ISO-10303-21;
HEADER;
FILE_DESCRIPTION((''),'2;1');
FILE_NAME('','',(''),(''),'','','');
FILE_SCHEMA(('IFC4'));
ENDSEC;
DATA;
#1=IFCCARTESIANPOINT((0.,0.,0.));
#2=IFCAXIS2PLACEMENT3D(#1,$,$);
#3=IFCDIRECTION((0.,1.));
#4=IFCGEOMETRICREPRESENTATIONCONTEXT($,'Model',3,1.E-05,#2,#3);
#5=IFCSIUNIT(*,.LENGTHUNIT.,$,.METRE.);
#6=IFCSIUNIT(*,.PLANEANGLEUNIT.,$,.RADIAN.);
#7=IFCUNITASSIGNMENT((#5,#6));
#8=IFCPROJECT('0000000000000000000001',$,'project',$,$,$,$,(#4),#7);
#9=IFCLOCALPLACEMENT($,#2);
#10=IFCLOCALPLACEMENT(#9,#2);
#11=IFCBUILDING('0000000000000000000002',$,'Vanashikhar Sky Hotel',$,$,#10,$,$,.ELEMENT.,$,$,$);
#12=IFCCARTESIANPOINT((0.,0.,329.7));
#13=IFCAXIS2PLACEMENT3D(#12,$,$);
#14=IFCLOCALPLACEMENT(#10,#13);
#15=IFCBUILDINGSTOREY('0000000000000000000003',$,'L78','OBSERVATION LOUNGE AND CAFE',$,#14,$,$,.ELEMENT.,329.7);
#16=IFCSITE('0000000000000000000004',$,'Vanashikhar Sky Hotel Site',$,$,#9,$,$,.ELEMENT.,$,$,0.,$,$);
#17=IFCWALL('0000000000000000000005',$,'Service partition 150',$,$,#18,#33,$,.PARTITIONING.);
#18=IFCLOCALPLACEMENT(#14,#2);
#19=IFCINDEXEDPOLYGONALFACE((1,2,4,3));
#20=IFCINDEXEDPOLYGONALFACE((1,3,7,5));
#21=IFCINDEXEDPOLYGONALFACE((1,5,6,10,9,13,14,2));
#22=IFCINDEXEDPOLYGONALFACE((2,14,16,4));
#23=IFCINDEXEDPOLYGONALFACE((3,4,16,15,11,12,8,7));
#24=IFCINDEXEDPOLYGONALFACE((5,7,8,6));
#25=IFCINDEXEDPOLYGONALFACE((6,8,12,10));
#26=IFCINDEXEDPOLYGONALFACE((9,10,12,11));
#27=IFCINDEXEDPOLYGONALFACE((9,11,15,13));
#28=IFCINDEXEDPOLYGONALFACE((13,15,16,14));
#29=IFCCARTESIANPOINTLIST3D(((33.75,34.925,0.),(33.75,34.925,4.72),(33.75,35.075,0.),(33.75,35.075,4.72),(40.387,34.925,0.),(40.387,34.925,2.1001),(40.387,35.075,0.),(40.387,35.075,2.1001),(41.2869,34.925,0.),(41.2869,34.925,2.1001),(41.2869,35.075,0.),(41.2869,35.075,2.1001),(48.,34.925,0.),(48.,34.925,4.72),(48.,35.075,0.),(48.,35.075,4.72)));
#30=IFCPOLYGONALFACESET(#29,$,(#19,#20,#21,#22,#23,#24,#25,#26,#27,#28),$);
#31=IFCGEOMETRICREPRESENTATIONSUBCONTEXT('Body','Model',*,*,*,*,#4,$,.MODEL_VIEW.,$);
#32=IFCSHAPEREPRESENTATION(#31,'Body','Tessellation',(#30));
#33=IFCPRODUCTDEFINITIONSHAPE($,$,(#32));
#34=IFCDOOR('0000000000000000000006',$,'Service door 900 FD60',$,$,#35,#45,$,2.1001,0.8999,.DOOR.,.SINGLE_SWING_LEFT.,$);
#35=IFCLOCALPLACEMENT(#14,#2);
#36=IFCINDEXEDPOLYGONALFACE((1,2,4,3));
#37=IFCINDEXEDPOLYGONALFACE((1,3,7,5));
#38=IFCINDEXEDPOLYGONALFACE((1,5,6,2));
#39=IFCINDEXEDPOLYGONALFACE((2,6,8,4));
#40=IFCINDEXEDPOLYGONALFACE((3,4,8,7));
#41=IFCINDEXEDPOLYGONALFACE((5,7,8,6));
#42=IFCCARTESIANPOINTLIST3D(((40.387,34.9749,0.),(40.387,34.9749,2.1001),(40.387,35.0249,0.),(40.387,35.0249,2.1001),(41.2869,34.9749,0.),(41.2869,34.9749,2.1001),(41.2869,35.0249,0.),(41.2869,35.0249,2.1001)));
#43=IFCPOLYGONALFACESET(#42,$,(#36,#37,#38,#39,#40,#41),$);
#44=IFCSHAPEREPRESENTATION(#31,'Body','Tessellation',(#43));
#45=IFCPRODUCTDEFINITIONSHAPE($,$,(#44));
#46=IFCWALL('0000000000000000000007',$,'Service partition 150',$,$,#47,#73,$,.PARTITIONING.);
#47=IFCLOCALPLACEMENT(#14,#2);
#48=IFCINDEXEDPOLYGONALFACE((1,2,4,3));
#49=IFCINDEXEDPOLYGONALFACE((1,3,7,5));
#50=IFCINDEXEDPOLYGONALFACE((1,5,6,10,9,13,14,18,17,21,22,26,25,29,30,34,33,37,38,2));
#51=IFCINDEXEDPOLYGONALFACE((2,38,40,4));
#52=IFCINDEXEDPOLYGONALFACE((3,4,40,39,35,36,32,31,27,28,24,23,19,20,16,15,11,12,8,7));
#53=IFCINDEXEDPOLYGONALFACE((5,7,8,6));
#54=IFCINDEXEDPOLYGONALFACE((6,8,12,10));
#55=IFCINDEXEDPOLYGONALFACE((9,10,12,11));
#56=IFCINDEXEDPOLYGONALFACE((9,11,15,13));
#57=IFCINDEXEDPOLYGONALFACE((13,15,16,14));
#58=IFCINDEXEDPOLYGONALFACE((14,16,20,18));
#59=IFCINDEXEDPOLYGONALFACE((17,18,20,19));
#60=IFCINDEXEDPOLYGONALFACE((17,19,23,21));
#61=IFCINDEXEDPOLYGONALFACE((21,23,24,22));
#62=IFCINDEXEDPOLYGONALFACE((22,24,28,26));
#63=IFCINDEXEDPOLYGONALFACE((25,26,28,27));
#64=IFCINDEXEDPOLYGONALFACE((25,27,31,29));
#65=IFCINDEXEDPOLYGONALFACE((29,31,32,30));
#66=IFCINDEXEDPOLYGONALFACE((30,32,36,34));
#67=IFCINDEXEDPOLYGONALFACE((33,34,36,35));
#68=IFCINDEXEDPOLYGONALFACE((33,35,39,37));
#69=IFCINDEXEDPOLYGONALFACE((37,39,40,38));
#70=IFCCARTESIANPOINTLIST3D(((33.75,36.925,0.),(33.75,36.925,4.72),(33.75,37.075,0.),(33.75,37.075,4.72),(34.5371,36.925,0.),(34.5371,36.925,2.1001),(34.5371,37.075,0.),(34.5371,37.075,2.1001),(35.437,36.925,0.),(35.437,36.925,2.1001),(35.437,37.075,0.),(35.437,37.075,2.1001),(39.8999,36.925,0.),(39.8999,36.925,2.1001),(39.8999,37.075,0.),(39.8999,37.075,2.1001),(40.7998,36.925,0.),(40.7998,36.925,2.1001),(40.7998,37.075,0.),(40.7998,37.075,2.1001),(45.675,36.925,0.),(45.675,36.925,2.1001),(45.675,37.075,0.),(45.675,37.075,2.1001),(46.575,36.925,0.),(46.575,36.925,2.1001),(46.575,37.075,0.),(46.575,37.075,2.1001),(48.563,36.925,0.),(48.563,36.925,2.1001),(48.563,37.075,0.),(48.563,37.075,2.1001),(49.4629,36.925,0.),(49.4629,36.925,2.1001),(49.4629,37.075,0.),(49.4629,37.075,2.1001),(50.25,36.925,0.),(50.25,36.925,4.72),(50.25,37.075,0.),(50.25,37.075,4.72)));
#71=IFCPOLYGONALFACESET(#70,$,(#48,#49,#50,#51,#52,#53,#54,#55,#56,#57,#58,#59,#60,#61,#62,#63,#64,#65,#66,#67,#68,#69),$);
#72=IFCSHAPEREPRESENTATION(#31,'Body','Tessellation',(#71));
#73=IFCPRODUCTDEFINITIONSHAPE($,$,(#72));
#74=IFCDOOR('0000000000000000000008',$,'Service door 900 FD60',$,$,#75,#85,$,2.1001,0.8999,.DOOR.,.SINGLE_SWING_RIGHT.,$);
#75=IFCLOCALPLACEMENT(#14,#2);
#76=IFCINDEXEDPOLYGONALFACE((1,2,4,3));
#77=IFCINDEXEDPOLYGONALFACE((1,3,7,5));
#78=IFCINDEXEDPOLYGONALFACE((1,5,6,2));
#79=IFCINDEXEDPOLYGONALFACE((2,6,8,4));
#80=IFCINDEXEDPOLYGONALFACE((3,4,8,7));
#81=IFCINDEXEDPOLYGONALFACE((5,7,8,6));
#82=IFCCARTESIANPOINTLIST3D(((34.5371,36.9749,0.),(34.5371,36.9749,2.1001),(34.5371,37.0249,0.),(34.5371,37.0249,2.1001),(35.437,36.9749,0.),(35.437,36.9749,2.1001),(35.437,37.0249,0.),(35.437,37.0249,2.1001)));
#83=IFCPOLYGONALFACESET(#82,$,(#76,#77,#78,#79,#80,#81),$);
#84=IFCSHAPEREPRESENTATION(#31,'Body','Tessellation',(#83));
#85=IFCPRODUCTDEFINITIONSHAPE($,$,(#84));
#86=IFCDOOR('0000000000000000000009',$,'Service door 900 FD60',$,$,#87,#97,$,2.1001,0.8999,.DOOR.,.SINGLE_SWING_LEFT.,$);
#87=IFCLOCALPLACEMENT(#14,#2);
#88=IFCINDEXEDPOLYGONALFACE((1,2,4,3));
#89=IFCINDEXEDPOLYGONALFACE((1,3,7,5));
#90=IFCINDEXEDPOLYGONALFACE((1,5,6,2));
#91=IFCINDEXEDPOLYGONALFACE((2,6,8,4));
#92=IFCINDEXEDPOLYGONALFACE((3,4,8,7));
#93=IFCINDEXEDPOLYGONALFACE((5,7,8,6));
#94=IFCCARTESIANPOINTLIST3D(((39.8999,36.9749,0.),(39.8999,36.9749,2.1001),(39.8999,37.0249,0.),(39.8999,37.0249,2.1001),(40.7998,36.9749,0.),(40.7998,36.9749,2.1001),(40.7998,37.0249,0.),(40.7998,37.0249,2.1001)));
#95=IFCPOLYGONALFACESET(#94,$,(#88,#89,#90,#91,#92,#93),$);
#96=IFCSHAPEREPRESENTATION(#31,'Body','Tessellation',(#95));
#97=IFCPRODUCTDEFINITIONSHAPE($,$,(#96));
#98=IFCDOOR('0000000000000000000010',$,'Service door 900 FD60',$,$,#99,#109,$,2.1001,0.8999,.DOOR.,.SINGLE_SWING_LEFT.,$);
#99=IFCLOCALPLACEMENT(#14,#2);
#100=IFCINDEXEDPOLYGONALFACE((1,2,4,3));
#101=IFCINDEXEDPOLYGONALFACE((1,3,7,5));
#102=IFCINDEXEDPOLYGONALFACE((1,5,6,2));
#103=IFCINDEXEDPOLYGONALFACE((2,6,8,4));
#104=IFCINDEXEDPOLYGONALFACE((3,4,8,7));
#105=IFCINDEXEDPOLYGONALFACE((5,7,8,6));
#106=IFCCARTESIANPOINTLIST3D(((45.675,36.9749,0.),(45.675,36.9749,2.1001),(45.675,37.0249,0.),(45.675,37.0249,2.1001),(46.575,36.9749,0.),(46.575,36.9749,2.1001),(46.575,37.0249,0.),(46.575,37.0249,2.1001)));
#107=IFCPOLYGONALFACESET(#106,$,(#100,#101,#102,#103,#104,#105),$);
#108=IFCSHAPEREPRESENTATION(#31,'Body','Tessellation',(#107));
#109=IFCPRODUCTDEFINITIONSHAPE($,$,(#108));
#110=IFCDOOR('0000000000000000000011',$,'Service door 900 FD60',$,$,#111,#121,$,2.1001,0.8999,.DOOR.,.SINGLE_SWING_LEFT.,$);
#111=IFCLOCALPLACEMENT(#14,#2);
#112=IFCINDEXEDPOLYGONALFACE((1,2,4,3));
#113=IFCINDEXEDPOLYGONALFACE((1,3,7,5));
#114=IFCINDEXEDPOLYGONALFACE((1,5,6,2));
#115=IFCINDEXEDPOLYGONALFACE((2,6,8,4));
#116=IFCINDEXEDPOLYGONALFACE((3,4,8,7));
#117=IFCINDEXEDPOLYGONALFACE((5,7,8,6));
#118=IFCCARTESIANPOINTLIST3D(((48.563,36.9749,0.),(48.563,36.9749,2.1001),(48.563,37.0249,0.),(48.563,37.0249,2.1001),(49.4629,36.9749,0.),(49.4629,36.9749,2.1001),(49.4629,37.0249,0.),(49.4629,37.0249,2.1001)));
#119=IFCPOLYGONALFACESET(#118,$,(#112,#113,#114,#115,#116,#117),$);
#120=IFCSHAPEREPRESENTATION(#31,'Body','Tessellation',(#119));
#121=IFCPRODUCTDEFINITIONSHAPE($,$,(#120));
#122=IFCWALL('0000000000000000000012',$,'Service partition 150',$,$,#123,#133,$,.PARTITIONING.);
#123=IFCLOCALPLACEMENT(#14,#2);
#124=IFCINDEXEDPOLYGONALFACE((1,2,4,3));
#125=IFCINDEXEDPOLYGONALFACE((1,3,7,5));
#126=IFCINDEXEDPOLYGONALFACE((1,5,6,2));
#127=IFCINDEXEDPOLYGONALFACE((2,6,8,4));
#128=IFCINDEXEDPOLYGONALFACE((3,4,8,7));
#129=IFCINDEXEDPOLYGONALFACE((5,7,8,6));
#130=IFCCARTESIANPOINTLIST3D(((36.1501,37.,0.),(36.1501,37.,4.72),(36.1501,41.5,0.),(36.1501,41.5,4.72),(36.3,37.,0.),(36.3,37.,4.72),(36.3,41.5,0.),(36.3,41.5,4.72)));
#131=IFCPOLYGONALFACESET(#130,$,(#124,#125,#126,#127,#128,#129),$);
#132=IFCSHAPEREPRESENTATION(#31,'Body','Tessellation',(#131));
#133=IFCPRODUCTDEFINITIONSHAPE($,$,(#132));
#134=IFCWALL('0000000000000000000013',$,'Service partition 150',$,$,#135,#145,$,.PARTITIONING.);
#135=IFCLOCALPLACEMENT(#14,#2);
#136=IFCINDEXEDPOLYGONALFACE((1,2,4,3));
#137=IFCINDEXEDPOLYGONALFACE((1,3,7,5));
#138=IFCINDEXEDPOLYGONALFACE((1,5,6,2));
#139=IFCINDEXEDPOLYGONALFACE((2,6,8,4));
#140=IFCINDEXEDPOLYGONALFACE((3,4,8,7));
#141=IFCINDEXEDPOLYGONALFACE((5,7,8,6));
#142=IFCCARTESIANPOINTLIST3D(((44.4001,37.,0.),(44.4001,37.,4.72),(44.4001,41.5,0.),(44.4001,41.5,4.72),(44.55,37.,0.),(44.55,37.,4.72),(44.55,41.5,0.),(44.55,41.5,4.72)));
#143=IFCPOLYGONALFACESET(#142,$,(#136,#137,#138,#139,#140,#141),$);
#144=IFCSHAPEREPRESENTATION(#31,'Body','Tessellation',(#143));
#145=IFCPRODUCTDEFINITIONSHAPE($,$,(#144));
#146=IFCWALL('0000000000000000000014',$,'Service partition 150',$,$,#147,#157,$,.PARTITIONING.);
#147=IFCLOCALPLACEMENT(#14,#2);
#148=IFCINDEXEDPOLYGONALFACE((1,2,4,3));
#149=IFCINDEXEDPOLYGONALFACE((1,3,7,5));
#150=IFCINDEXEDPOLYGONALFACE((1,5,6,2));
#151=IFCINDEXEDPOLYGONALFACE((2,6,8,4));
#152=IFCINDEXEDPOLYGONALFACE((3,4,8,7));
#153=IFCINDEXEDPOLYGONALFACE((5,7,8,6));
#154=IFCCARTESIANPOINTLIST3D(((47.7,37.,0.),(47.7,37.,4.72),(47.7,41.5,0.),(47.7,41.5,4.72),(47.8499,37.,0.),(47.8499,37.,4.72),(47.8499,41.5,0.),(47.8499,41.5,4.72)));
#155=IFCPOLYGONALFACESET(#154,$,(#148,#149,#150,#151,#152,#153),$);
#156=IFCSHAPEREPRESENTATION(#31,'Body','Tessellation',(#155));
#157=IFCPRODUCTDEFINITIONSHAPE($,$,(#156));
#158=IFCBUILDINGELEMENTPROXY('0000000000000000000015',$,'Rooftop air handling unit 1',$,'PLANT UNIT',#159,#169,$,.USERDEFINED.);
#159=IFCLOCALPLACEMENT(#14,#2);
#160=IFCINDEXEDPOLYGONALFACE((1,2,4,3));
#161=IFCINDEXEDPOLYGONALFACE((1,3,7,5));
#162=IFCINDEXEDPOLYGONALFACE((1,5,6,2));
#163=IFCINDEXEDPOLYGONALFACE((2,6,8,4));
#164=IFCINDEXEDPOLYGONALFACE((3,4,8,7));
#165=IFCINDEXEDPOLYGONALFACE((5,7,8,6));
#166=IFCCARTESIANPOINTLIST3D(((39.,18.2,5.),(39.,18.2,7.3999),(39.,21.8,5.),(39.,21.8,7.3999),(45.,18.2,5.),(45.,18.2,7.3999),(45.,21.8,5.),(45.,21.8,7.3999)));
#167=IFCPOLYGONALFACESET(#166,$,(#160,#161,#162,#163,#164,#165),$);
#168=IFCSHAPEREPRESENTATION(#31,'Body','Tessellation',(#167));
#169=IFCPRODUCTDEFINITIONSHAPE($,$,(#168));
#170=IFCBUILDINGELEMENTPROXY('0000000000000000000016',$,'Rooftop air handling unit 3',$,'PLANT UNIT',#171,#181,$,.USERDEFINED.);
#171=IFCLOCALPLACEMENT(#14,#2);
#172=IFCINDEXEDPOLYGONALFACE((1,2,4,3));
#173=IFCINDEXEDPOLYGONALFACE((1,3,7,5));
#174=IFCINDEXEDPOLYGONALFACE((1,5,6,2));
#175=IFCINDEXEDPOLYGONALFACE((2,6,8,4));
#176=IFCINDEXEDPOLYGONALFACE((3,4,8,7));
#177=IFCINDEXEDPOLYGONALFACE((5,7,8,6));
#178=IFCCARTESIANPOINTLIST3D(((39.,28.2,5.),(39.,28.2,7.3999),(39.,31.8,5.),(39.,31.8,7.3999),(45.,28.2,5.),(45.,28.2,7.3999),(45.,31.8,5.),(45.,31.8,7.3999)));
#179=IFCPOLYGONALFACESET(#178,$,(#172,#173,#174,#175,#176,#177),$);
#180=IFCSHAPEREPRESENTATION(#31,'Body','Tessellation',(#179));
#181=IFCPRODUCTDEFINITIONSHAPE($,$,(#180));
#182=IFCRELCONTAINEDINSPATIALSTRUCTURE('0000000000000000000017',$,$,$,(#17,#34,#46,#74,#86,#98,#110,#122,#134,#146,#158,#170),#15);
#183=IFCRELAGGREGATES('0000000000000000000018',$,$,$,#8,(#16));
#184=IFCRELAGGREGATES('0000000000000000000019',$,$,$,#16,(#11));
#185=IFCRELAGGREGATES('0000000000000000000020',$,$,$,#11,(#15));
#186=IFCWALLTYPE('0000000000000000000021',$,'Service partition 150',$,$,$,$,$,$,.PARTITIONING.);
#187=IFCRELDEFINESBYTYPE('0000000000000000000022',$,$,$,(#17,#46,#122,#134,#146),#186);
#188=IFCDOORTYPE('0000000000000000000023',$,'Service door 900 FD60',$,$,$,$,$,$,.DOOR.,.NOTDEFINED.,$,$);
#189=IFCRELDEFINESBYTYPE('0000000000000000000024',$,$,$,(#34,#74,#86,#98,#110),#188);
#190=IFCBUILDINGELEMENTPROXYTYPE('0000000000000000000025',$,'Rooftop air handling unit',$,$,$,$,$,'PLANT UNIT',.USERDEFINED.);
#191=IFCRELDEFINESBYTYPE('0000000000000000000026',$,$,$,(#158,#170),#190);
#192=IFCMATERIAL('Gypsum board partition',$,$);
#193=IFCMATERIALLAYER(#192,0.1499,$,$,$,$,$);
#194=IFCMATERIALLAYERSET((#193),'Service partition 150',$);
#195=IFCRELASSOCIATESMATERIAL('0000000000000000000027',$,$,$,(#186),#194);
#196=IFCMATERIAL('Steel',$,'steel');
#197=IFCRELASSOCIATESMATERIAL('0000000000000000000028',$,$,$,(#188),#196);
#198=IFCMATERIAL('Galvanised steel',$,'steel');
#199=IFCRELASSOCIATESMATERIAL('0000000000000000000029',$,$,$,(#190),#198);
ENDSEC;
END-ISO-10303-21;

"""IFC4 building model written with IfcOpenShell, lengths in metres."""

from ifc_helpers import new_model, si_unit, direction, frame, frame_2d, origin, origin_2d, place, context, subcontext, project, spatial, rectangle, extrude, source, transform, mapped, material, layer, layer_set, type_object, element, fill, save


model = new_model("IFC4")

# Units and contexts
model_context = context("Model", 3, precision=1e-05, world=origin(), true_north=direction((0.0, 1.0)))
body_context = subcontext(model_context, "Body", "Model", "MODEL_VIEW")
ifc_project = project(units=[si_unit("LENGTHUNIT", "METRE"), si_unit("PLANEANGLEUNIT", "RADIAN")], contexts=[model_context])

# Site, building, storey
site_placement = place(None, origin())
site = spatial("IfcSite", under=ifc_project, at=site_placement, Name="Vanashikhar Sky Hotel Site", CompositionType="ELEMENT", RefElevation=0.0)
building_placement = place(site_placement, origin())
building = spatial("IfcBuilding", under=site, at=building_placement, Name="Vanashikhar Sky Hotel", CompositionType="ELEMENT")
storey_placement = place(building_placement, frame((0.0, 0.0, 329.7)))
storey = spatial("IfcBuildingStorey", under=building, at=storey_placement, Name="L78", Description="OBSERVATION LOUNGE AND CAFE", CompositionType="ELEMENT", Elevation=329.7)

# Shared definitions
ifc_material_1 = material(Name="Steel", Category="steel")

# Shared definitions
ifc_material_2 = material(Name="Gypsum board partition")
ifc_layer_1 = layer(ifc_material_2, 0.1499)
ifc_layer_set_1 = layer_set([ifc_layer_1], Name="Service partition 150")
wall_type_1 = type_object("IfcWallType", Name="Service partition 150", PredefinedType="PARTITIONING", material=ifc_layer_set_1)
door_type_1 = type_object("IfcDoorType", Name="Service door 900 FD60", OperationType="NOTDEFINED", PredefinedType="DOOR", material=ifc_material_1)
shared_shape_1 = source(origin(), body_context, "Body", "SweptSolid", [
    extrude(rectangle(XDim=0.8999, YDim=2.1001, at=frame_2d((0.45, 1.05))), frame((0.0, 0.0249, 0.0), z_axis=(0.0, -1.0, 0.0), x_axis=(1.0, 0.0, 0.0)), (0.0, 0.0, 1.0), 0.05),
])

# Wall, opening, door
shared_shape_2 = source(origin(), body_context, "Body", "SweptSolid", [
    extrude(rectangle(XDim=14.25, YDim=0.1499, at=frame_2d((7.125, 0.0))), origin(), (0.0, 0.0, 1.0), 4.72),
])
wall_1_placement = place(storey_placement, frame((33.75, 35.0, 0.0), z_axis=(0.0, 0.0, 1.0), x_axis=(1.0, 0.0, 0.0)))
wall_1 = element("IfcWall", 1, at=wall_1_placement, inside=storey, type_object=wall_type_1, Name="Service partition 150", PredefinedType="PARTITIONING", context=body_context, shape_type="MappedRepresentation", body=[
    mapped(shared_shape_2, transform((0.0, 0.0, 0.0), scale=1.0)),
])
shared_shape_3 = source(origin(), body_context, "Body", "SweptSolid", [
    extrude(rectangle(XDim=0.8999, YDim=2.1001, at=frame_2d((0.45, 1.05))), frame((0.0, 0.085, 0.0), z_axis=(0.0, -1.0, 0.0), x_axis=(1.0, 0.0, 0.0)), (0.0, 0.0, 1.0), 0.1699),
])
opening_1_placement = place(wall_1_placement, frame((6.637, 0.0, 0.0)))
opening_1 = element("IfcOpeningElement", 2, at=opening_1_placement, cuts=wall_1, PredefinedType="OPENING", context=body_context, shape_type="MappedRepresentation", body=[
    mapped(shared_shape_3, transform((0.0, 0.0, 0.0), scale=1.0)),
])
door_1_placement = place(opening_1_placement, origin())
door_1 = element("IfcDoor", 3, at=door_1_placement, inside=storey, type_object=door_type_1, Name="Service door 900 FD60", OperationType="SINGLE_SWING_LEFT", OverallHeight=2.1001, OverallWidth=0.8999, PredefinedType="DOOR", context=body_context, shape_type="MappedRepresentation", body=[
    mapped(shared_shape_1, transform((0.0, 0.0, 0.0), scale=1.0)),
])
fill(opening_1, door_1)

# Wall, openings, doors
shared_shape_4 = source(origin(), body_context, "Body", "SweptSolid", [
    extrude(rectangle(XDim=16.5, YDim=0.1499, at=frame_2d((8.25, 0.0))), origin(), (0.0, 0.0, 1.0), 4.72),
])
wall_2_placement = place(storey_placement, frame((33.75, 37.0, 0.0), z_axis=(0.0, 0.0, 1.0), x_axis=(1.0, 0.0, 0.0)))
wall_2 = element("IfcWall", 4, at=wall_2_placement, inside=storey, type_object=wall_type_1, Name="Service partition 150", PredefinedType="PARTITIONING", context=body_context, shape_type="MappedRepresentation", body=[
    mapped(shared_shape_4, transform((0.0, 0.0, 0.0), scale=1.0)),
])
opening_2_placement = place(wall_2_placement, frame((0.7871, 0.0, 0.0)))
opening_2 = element("IfcOpeningElement", 5, at=opening_2_placement, cuts=wall_2, PredefinedType="OPENING", context=body_context, shape_type="MappedRepresentation", body=[
    mapped(shared_shape_3, transform((0.0, 0.0, 0.0), scale=1.0)),
])
opening_3_placement = place(wall_2_placement, frame((6.1499, 0.0, 0.0)))
opening_3 = element("IfcOpeningElement", 6, at=opening_3_placement, cuts=wall_2, PredefinedType="OPENING", context=body_context, shape_type="MappedRepresentation", body=[
    mapped(shared_shape_3, transform((0.0, 0.0, 0.0), scale=1.0)),
])
opening_4_placement = place(wall_2_placement, frame((11.925, 0.0, 0.0)))
opening_4 = element("IfcOpeningElement", 7, at=opening_4_placement, cuts=wall_2, PredefinedType="OPENING", context=body_context, shape_type="MappedRepresentation", body=[
    mapped(shared_shape_3, transform((0.0, 0.0, 0.0), scale=1.0)),
])
opening_5_placement = place(wall_2_placement, frame((14.813, 0.0, 0.0)))
opening_5 = element("IfcOpeningElement", 8, at=opening_5_placement, cuts=wall_2, PredefinedType="OPENING", context=body_context, shape_type="MappedRepresentation", body=[
    mapped(shared_shape_3, transform((0.0, 0.0, 0.0), scale=1.0)),
])
door_2_placement = place(opening_2_placement, origin())
door_2 = element("IfcDoor", 9, at=door_2_placement, inside=storey, type_object=door_type_1, Name="Service door 900 FD60", OperationType="SINGLE_SWING_RIGHT", OverallHeight=2.1001, OverallWidth=0.8999, PredefinedType="DOOR", context=body_context, shape_type="MappedRepresentation", body=[
    mapped(shared_shape_1, transform((0.0, 0.0, 0.0), scale=1.0)),
])
fill(opening_2, door_2)
door_3_placement = place(opening_3_placement, origin())
door_3 = element("IfcDoor", 10, at=door_3_placement, inside=storey, type_object=door_type_1, Name="Service door 900 FD60", OperationType="SINGLE_SWING_LEFT", OverallHeight=2.1001, OverallWidth=0.8999, PredefinedType="DOOR", context=body_context, shape_type="MappedRepresentation", body=[
    mapped(shared_shape_1, transform((0.0, 0.0, 0.0), scale=1.0)),
])
fill(opening_3, door_3)
door_4_placement = place(opening_4_placement, origin())
door_4 = element("IfcDoor", 11, at=door_4_placement, inside=storey, type_object=door_type_1, Name="Service door 900 FD60", OperationType="SINGLE_SWING_LEFT", OverallHeight=2.1001, OverallWidth=0.8999, PredefinedType="DOOR", context=body_context, shape_type="MappedRepresentation", body=[
    mapped(shared_shape_1, transform((0.0, 0.0, 0.0), scale=1.0)),
])
fill(opening_4, door_4)
door_5_placement = place(opening_5_placement, origin())
door_5 = element("IfcDoor", 12, at=door_5_placement, inside=storey, type_object=door_type_1, Name="Service door 900 FD60", OperationType="SINGLE_SWING_LEFT", OverallHeight=2.1001, OverallWidth=0.8999, PredefinedType="DOOR", context=body_context, shape_type="MappedRepresentation", body=[
    mapped(shared_shape_1, transform((0.0, 0.0, 0.0), scale=1.0)),
])
fill(opening_5, door_5)

# Walls
shared_shape_5 = source(origin(), body_context, "Body", "SweptSolid", [
    extrude(rectangle(XDim=4.5, YDim=0.1499, at=frame_2d((2.25, 0.0))), origin(), (0.0, 0.0, 1.0), 4.72),
])
for number, where, z_axis, x_axis, name in (
    (13, (36.2251, 37.0, 0.0), (0.0, 0.0, 1.0), (0.0, 1.0, 0.0), "Service partition 150"),
    (14, (44.4751, 37.0, 0.0), (0.0, 0.0, 1.0), (0.0, 1.0, 0.0), "Service partition 150"),
    (15, (47.7749, 37.0, 0.0), (0.0, 0.0, 1.0), (0.0, 1.0, 0.0), "Service partition 150"),
):
    element("IfcWall", number, at=place(storey_placement, frame(where, z_axis=z_axis, x_axis=x_axis)), inside=storey, type_object=wall_type_1, Name=name, PredefinedType="PARTITIONING", context=body_context, shape_type="MappedRepresentation", body=[
        mapped(shared_shape_5, transform((0.0, 0.0, 0.0), scale=1.0)),
    ])

# Building element proxies
ifc_material_3 = material(Name="Galvanised steel", Category="steel")
building_element_proxy_type = type_object("IfcBuildingElementProxyType", Name="Rooftop air handling unit", ElementType="PLANT UNIT", PredefinedType="USERDEFINED", material=ifc_material_3)
shared_shape_6 = source(origin(), body_context, "Body", "SweptSolid", [
    extrude(rectangle(XDim=6.0, YDim=3.6001, at=origin_2d()), origin(), (0.0, 0.0, 1.0), 2.3999),
])
for number, where, z_axis, x_axis, name in (
    (16, (42.0, 20.0, 5.0), (0.0, 0.0, 1.0), (1.0, 0.0, 0.0), "Rooftop air handling unit 1"),
    (17, (42.0, 30.0, 5.0), (0.0, 0.0, 1.0), (1.0, 0.0, 0.0), "Rooftop air handling unit 3"),
):
    element("IfcBuildingElementProxy", number, at=place(storey_placement, frame(where, z_axis=z_axis, x_axis=x_axis)), inside=storey, type_object=building_element_proxy_type, Name=name, ObjectType="PLANT UNIT", PredefinedType="USERDEFINED", context=body_context, shape_type="MappedRepresentation", body=[
        mapped(shared_shape_6, transform((0.0, 0.0, 0.0), scale=1.0)),
    ])

save(model, "model.ifc")
